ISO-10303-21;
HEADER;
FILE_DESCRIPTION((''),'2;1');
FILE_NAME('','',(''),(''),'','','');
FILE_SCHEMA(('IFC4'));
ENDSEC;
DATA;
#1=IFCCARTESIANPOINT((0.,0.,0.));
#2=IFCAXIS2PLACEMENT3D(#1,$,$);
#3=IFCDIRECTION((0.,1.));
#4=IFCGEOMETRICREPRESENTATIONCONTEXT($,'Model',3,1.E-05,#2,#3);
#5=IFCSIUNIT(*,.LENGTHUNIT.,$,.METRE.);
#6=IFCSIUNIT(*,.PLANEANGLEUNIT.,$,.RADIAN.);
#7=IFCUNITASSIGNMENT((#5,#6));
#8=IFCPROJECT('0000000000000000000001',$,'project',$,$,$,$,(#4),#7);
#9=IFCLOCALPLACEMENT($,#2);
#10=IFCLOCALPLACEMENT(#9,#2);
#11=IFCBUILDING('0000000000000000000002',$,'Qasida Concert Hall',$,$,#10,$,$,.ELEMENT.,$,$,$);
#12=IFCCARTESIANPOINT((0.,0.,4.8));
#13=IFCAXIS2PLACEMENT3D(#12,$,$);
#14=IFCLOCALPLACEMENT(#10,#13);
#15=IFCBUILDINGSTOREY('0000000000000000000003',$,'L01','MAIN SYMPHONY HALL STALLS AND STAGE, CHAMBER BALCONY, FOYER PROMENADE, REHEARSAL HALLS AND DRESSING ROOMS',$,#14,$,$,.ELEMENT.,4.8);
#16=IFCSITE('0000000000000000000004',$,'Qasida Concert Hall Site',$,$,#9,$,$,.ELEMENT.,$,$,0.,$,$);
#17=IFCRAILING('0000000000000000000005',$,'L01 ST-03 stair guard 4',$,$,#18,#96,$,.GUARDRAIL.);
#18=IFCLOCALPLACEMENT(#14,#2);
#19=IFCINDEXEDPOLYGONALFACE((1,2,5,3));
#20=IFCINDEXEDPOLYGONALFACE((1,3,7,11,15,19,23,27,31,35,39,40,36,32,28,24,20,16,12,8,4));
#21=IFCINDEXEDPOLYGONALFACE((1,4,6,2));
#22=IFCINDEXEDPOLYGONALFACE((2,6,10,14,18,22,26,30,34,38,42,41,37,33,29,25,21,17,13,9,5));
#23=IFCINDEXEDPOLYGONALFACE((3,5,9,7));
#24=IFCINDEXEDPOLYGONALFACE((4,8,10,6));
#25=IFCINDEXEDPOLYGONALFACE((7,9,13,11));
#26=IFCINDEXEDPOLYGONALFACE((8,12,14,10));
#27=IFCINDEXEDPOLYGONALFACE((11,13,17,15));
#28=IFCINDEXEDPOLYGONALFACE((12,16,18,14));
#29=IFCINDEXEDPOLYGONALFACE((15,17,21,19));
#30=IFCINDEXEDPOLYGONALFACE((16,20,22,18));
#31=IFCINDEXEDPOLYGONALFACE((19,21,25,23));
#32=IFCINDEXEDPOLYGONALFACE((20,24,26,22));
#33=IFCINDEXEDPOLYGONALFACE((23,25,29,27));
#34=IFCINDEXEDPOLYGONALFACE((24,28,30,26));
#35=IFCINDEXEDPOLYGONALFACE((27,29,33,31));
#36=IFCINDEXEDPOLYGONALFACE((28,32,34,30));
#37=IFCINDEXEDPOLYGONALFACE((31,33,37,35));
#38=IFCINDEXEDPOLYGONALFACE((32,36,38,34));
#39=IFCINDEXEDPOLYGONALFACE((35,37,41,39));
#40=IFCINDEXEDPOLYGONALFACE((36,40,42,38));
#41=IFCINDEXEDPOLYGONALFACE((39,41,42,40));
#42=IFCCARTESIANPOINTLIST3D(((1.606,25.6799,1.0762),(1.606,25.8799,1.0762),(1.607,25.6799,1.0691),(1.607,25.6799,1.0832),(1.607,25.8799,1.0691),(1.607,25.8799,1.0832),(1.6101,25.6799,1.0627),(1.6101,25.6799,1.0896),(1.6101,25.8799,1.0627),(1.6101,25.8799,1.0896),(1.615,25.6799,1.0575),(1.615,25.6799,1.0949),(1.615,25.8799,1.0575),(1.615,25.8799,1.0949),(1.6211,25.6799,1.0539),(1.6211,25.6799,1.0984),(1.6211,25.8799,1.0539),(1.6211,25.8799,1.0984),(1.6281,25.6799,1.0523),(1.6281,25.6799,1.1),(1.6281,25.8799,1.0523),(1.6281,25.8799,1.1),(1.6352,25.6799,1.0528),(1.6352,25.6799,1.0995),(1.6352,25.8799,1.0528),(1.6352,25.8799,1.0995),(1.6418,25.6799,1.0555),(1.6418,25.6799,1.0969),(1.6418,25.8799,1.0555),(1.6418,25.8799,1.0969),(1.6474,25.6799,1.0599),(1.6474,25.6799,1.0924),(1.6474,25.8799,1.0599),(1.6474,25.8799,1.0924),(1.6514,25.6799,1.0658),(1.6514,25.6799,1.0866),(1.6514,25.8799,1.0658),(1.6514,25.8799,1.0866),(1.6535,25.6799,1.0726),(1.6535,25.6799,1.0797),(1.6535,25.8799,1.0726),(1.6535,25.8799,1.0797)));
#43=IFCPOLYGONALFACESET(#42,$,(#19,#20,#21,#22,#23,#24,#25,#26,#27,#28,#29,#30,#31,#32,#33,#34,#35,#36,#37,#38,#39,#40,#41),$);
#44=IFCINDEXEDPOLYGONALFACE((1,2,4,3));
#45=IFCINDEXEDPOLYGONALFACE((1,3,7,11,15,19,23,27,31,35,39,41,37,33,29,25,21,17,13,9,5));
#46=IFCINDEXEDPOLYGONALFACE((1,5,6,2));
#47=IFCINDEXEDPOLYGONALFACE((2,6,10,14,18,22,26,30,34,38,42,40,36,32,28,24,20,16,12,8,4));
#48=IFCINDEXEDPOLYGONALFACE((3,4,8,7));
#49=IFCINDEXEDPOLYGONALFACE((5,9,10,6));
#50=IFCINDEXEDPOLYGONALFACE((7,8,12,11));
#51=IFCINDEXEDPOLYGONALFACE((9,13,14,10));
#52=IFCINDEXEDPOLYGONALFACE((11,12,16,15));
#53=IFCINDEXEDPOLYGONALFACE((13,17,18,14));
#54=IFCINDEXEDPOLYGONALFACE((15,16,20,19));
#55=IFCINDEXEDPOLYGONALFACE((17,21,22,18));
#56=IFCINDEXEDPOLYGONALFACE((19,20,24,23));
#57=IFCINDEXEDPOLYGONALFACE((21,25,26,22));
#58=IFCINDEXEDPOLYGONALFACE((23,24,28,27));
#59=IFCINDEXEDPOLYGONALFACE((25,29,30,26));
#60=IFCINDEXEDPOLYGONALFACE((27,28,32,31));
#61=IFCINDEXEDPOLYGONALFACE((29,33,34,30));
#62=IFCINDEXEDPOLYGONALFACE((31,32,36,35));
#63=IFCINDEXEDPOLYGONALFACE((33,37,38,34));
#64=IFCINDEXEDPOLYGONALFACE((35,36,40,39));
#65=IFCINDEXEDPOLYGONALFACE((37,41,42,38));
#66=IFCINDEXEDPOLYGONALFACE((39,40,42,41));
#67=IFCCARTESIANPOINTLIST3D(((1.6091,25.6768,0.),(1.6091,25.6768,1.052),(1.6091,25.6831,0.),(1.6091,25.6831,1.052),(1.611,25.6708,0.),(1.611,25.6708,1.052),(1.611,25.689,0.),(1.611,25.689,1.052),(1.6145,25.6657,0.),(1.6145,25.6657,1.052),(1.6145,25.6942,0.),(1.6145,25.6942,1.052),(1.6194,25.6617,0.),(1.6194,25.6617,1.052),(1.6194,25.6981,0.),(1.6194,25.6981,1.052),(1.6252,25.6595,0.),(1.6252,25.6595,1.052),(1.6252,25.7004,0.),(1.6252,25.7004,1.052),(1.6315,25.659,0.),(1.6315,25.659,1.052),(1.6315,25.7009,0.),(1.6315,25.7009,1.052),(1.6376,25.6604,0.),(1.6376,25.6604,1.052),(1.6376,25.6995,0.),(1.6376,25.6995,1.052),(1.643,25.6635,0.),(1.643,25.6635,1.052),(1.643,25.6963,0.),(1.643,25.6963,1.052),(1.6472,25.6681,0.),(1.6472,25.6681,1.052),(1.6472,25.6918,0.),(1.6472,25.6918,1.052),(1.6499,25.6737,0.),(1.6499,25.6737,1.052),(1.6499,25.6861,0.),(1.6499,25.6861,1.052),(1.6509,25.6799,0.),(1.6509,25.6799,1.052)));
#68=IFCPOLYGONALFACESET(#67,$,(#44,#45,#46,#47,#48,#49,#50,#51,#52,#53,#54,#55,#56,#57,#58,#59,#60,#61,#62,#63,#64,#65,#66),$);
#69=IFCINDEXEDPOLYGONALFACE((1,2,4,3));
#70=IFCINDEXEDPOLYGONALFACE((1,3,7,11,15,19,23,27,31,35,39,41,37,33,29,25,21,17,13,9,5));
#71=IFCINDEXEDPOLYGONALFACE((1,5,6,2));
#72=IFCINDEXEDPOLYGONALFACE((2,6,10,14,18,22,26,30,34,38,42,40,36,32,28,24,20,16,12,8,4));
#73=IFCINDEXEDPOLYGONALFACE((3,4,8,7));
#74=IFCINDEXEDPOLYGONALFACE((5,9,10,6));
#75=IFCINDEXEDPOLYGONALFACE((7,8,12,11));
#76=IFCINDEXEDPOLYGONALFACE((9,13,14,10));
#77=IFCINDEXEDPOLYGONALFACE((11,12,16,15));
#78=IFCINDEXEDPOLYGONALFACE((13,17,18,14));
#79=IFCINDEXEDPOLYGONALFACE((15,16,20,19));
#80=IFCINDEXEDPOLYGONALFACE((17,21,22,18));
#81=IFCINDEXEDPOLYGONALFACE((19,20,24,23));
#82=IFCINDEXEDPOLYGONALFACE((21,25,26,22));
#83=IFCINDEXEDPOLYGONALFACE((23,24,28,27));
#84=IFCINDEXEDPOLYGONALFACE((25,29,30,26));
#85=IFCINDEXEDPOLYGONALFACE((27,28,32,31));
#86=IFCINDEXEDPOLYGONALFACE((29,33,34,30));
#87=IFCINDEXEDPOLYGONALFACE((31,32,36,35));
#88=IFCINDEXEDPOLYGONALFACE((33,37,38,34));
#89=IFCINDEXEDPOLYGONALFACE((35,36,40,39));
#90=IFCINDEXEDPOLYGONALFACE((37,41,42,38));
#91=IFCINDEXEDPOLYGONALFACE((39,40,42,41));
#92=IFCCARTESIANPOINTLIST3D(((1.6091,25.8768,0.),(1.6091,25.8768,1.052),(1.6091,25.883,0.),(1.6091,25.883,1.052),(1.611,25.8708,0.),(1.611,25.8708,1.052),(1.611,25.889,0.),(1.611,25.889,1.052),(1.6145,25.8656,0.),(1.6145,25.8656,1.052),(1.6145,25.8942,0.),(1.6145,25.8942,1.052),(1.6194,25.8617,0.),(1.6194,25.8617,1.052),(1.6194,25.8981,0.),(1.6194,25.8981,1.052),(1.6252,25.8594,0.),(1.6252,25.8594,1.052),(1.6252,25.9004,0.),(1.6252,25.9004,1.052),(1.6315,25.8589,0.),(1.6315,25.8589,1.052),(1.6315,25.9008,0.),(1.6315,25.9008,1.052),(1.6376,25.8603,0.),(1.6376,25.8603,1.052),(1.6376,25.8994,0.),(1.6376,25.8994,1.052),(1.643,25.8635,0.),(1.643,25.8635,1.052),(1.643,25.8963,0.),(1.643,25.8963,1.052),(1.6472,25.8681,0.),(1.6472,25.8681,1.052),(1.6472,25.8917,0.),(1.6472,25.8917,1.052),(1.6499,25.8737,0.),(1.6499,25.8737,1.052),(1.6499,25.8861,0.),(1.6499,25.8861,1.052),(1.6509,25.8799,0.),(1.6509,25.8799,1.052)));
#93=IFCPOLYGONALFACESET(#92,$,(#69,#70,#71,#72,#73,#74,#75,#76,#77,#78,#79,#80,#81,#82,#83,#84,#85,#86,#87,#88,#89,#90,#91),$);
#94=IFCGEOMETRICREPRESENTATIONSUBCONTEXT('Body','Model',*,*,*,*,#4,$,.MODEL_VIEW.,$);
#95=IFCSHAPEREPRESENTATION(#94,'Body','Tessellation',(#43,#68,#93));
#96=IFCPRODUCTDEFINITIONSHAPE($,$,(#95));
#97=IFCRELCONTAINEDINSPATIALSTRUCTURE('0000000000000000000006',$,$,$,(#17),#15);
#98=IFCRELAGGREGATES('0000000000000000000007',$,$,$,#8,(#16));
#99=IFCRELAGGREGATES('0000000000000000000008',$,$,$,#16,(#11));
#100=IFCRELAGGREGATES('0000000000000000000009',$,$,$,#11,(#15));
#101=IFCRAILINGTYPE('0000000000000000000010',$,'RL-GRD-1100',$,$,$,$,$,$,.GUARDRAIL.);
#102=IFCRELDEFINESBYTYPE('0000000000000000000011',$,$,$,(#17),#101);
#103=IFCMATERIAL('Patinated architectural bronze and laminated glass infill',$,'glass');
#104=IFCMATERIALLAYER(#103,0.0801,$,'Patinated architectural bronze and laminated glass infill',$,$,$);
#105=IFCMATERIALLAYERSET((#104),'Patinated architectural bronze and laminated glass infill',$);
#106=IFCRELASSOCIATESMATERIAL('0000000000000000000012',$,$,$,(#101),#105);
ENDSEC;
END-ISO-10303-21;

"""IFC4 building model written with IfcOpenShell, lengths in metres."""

from ifc_helpers import new_model, si_unit, direction, frame, origin, origin_2d, place, context, subcontext, project, spatial, circle, extrude, material, layer, layer_set, type_object, element, save


model = new_model("IFC4")

# Units and contexts
model_context = context("Model", 3, precision=1e-05, world=origin(), true_north=direction((0.0, 1.0)))
body_context = subcontext(model_context, "Body", "Model", "MODEL_VIEW")
ifc_project = project(units=[si_unit("LENGTHUNIT", "METRE"), si_unit("PLANEANGLEUNIT", "RADIAN")], contexts=[model_context])

# Site, building, storey
site_placement = place(None, origin())
site = spatial("IfcSite", under=ifc_project, at=site_placement, Name="Qasida Concert Hall Site", CompositionType="ELEMENT", RefElevation=0.0)
building_placement = place(site_placement, origin())
building = spatial("IfcBuilding", under=site, at=building_placement, Name="Qasida Concert Hall", CompositionType="ELEMENT")
storey_placement = place(building_placement, frame((0.0, 0.0, 4.8)))
storey = spatial("IfcBuildingStorey", under=building, at=storey_placement, Name="L01", Description="MAIN SYMPHONY HALL STALLS AND STAGE, CHAMBER BALCONY, FOYER PROMENADE, REHEARSAL HALLS AND DRESSING ROOMS", CompositionType="ELEMENT", Elevation=4.8)

# Railing
ifc_material_1 = material(Name="Patinated architectural bronze and laminated glass infill", Category="glass")
ifc_layer_1 = layer(ifc_material_1, 0.0801, Name="Patinated architectural bronze and laminated glass infill")
ifc_layer_set_1 = layer_set([ifc_layer_1], Name="Patinated architectural bronze and laminated glass infill")
railing_type_1 = type_object("IfcRailingType", Name="RL-GRD-1100", PredefinedType="GUARDRAIL", material=ifc_layer_set_1)
railing_1_placement = place(storey_placement, frame((1.6299, 25.6799, 0.0)))
element("IfcRailing", 1, at=railing_1_placement, inside=storey, type_object=railing_type_1, Name="L01 ST-03 stair guard 4", PredefinedType="GUARDRAIL", context=body_context, shape_type="SweptSolid", body=[
    extrude(circle(Radius=0.0239, at=origin_2d()), frame((0.0, 0.0, 1.0762), z_axis=(0.0, 1.0, 0.0), x_axis=(-1.0, 0.0, 0.0)), (0.0, 0.0, 1.0), 0.2),
    extrude(circle(Radius=0.021, at=origin_2d()), origin(), (0.0, 0.0, 1.0), 1.052),
    extrude(circle(Radius=0.021, at=origin_2d()), frame((0.0, 0.2, 0.0)), (0.0, 0.0, 1.0), 1.052),
])

save(model, "model.ifc")
